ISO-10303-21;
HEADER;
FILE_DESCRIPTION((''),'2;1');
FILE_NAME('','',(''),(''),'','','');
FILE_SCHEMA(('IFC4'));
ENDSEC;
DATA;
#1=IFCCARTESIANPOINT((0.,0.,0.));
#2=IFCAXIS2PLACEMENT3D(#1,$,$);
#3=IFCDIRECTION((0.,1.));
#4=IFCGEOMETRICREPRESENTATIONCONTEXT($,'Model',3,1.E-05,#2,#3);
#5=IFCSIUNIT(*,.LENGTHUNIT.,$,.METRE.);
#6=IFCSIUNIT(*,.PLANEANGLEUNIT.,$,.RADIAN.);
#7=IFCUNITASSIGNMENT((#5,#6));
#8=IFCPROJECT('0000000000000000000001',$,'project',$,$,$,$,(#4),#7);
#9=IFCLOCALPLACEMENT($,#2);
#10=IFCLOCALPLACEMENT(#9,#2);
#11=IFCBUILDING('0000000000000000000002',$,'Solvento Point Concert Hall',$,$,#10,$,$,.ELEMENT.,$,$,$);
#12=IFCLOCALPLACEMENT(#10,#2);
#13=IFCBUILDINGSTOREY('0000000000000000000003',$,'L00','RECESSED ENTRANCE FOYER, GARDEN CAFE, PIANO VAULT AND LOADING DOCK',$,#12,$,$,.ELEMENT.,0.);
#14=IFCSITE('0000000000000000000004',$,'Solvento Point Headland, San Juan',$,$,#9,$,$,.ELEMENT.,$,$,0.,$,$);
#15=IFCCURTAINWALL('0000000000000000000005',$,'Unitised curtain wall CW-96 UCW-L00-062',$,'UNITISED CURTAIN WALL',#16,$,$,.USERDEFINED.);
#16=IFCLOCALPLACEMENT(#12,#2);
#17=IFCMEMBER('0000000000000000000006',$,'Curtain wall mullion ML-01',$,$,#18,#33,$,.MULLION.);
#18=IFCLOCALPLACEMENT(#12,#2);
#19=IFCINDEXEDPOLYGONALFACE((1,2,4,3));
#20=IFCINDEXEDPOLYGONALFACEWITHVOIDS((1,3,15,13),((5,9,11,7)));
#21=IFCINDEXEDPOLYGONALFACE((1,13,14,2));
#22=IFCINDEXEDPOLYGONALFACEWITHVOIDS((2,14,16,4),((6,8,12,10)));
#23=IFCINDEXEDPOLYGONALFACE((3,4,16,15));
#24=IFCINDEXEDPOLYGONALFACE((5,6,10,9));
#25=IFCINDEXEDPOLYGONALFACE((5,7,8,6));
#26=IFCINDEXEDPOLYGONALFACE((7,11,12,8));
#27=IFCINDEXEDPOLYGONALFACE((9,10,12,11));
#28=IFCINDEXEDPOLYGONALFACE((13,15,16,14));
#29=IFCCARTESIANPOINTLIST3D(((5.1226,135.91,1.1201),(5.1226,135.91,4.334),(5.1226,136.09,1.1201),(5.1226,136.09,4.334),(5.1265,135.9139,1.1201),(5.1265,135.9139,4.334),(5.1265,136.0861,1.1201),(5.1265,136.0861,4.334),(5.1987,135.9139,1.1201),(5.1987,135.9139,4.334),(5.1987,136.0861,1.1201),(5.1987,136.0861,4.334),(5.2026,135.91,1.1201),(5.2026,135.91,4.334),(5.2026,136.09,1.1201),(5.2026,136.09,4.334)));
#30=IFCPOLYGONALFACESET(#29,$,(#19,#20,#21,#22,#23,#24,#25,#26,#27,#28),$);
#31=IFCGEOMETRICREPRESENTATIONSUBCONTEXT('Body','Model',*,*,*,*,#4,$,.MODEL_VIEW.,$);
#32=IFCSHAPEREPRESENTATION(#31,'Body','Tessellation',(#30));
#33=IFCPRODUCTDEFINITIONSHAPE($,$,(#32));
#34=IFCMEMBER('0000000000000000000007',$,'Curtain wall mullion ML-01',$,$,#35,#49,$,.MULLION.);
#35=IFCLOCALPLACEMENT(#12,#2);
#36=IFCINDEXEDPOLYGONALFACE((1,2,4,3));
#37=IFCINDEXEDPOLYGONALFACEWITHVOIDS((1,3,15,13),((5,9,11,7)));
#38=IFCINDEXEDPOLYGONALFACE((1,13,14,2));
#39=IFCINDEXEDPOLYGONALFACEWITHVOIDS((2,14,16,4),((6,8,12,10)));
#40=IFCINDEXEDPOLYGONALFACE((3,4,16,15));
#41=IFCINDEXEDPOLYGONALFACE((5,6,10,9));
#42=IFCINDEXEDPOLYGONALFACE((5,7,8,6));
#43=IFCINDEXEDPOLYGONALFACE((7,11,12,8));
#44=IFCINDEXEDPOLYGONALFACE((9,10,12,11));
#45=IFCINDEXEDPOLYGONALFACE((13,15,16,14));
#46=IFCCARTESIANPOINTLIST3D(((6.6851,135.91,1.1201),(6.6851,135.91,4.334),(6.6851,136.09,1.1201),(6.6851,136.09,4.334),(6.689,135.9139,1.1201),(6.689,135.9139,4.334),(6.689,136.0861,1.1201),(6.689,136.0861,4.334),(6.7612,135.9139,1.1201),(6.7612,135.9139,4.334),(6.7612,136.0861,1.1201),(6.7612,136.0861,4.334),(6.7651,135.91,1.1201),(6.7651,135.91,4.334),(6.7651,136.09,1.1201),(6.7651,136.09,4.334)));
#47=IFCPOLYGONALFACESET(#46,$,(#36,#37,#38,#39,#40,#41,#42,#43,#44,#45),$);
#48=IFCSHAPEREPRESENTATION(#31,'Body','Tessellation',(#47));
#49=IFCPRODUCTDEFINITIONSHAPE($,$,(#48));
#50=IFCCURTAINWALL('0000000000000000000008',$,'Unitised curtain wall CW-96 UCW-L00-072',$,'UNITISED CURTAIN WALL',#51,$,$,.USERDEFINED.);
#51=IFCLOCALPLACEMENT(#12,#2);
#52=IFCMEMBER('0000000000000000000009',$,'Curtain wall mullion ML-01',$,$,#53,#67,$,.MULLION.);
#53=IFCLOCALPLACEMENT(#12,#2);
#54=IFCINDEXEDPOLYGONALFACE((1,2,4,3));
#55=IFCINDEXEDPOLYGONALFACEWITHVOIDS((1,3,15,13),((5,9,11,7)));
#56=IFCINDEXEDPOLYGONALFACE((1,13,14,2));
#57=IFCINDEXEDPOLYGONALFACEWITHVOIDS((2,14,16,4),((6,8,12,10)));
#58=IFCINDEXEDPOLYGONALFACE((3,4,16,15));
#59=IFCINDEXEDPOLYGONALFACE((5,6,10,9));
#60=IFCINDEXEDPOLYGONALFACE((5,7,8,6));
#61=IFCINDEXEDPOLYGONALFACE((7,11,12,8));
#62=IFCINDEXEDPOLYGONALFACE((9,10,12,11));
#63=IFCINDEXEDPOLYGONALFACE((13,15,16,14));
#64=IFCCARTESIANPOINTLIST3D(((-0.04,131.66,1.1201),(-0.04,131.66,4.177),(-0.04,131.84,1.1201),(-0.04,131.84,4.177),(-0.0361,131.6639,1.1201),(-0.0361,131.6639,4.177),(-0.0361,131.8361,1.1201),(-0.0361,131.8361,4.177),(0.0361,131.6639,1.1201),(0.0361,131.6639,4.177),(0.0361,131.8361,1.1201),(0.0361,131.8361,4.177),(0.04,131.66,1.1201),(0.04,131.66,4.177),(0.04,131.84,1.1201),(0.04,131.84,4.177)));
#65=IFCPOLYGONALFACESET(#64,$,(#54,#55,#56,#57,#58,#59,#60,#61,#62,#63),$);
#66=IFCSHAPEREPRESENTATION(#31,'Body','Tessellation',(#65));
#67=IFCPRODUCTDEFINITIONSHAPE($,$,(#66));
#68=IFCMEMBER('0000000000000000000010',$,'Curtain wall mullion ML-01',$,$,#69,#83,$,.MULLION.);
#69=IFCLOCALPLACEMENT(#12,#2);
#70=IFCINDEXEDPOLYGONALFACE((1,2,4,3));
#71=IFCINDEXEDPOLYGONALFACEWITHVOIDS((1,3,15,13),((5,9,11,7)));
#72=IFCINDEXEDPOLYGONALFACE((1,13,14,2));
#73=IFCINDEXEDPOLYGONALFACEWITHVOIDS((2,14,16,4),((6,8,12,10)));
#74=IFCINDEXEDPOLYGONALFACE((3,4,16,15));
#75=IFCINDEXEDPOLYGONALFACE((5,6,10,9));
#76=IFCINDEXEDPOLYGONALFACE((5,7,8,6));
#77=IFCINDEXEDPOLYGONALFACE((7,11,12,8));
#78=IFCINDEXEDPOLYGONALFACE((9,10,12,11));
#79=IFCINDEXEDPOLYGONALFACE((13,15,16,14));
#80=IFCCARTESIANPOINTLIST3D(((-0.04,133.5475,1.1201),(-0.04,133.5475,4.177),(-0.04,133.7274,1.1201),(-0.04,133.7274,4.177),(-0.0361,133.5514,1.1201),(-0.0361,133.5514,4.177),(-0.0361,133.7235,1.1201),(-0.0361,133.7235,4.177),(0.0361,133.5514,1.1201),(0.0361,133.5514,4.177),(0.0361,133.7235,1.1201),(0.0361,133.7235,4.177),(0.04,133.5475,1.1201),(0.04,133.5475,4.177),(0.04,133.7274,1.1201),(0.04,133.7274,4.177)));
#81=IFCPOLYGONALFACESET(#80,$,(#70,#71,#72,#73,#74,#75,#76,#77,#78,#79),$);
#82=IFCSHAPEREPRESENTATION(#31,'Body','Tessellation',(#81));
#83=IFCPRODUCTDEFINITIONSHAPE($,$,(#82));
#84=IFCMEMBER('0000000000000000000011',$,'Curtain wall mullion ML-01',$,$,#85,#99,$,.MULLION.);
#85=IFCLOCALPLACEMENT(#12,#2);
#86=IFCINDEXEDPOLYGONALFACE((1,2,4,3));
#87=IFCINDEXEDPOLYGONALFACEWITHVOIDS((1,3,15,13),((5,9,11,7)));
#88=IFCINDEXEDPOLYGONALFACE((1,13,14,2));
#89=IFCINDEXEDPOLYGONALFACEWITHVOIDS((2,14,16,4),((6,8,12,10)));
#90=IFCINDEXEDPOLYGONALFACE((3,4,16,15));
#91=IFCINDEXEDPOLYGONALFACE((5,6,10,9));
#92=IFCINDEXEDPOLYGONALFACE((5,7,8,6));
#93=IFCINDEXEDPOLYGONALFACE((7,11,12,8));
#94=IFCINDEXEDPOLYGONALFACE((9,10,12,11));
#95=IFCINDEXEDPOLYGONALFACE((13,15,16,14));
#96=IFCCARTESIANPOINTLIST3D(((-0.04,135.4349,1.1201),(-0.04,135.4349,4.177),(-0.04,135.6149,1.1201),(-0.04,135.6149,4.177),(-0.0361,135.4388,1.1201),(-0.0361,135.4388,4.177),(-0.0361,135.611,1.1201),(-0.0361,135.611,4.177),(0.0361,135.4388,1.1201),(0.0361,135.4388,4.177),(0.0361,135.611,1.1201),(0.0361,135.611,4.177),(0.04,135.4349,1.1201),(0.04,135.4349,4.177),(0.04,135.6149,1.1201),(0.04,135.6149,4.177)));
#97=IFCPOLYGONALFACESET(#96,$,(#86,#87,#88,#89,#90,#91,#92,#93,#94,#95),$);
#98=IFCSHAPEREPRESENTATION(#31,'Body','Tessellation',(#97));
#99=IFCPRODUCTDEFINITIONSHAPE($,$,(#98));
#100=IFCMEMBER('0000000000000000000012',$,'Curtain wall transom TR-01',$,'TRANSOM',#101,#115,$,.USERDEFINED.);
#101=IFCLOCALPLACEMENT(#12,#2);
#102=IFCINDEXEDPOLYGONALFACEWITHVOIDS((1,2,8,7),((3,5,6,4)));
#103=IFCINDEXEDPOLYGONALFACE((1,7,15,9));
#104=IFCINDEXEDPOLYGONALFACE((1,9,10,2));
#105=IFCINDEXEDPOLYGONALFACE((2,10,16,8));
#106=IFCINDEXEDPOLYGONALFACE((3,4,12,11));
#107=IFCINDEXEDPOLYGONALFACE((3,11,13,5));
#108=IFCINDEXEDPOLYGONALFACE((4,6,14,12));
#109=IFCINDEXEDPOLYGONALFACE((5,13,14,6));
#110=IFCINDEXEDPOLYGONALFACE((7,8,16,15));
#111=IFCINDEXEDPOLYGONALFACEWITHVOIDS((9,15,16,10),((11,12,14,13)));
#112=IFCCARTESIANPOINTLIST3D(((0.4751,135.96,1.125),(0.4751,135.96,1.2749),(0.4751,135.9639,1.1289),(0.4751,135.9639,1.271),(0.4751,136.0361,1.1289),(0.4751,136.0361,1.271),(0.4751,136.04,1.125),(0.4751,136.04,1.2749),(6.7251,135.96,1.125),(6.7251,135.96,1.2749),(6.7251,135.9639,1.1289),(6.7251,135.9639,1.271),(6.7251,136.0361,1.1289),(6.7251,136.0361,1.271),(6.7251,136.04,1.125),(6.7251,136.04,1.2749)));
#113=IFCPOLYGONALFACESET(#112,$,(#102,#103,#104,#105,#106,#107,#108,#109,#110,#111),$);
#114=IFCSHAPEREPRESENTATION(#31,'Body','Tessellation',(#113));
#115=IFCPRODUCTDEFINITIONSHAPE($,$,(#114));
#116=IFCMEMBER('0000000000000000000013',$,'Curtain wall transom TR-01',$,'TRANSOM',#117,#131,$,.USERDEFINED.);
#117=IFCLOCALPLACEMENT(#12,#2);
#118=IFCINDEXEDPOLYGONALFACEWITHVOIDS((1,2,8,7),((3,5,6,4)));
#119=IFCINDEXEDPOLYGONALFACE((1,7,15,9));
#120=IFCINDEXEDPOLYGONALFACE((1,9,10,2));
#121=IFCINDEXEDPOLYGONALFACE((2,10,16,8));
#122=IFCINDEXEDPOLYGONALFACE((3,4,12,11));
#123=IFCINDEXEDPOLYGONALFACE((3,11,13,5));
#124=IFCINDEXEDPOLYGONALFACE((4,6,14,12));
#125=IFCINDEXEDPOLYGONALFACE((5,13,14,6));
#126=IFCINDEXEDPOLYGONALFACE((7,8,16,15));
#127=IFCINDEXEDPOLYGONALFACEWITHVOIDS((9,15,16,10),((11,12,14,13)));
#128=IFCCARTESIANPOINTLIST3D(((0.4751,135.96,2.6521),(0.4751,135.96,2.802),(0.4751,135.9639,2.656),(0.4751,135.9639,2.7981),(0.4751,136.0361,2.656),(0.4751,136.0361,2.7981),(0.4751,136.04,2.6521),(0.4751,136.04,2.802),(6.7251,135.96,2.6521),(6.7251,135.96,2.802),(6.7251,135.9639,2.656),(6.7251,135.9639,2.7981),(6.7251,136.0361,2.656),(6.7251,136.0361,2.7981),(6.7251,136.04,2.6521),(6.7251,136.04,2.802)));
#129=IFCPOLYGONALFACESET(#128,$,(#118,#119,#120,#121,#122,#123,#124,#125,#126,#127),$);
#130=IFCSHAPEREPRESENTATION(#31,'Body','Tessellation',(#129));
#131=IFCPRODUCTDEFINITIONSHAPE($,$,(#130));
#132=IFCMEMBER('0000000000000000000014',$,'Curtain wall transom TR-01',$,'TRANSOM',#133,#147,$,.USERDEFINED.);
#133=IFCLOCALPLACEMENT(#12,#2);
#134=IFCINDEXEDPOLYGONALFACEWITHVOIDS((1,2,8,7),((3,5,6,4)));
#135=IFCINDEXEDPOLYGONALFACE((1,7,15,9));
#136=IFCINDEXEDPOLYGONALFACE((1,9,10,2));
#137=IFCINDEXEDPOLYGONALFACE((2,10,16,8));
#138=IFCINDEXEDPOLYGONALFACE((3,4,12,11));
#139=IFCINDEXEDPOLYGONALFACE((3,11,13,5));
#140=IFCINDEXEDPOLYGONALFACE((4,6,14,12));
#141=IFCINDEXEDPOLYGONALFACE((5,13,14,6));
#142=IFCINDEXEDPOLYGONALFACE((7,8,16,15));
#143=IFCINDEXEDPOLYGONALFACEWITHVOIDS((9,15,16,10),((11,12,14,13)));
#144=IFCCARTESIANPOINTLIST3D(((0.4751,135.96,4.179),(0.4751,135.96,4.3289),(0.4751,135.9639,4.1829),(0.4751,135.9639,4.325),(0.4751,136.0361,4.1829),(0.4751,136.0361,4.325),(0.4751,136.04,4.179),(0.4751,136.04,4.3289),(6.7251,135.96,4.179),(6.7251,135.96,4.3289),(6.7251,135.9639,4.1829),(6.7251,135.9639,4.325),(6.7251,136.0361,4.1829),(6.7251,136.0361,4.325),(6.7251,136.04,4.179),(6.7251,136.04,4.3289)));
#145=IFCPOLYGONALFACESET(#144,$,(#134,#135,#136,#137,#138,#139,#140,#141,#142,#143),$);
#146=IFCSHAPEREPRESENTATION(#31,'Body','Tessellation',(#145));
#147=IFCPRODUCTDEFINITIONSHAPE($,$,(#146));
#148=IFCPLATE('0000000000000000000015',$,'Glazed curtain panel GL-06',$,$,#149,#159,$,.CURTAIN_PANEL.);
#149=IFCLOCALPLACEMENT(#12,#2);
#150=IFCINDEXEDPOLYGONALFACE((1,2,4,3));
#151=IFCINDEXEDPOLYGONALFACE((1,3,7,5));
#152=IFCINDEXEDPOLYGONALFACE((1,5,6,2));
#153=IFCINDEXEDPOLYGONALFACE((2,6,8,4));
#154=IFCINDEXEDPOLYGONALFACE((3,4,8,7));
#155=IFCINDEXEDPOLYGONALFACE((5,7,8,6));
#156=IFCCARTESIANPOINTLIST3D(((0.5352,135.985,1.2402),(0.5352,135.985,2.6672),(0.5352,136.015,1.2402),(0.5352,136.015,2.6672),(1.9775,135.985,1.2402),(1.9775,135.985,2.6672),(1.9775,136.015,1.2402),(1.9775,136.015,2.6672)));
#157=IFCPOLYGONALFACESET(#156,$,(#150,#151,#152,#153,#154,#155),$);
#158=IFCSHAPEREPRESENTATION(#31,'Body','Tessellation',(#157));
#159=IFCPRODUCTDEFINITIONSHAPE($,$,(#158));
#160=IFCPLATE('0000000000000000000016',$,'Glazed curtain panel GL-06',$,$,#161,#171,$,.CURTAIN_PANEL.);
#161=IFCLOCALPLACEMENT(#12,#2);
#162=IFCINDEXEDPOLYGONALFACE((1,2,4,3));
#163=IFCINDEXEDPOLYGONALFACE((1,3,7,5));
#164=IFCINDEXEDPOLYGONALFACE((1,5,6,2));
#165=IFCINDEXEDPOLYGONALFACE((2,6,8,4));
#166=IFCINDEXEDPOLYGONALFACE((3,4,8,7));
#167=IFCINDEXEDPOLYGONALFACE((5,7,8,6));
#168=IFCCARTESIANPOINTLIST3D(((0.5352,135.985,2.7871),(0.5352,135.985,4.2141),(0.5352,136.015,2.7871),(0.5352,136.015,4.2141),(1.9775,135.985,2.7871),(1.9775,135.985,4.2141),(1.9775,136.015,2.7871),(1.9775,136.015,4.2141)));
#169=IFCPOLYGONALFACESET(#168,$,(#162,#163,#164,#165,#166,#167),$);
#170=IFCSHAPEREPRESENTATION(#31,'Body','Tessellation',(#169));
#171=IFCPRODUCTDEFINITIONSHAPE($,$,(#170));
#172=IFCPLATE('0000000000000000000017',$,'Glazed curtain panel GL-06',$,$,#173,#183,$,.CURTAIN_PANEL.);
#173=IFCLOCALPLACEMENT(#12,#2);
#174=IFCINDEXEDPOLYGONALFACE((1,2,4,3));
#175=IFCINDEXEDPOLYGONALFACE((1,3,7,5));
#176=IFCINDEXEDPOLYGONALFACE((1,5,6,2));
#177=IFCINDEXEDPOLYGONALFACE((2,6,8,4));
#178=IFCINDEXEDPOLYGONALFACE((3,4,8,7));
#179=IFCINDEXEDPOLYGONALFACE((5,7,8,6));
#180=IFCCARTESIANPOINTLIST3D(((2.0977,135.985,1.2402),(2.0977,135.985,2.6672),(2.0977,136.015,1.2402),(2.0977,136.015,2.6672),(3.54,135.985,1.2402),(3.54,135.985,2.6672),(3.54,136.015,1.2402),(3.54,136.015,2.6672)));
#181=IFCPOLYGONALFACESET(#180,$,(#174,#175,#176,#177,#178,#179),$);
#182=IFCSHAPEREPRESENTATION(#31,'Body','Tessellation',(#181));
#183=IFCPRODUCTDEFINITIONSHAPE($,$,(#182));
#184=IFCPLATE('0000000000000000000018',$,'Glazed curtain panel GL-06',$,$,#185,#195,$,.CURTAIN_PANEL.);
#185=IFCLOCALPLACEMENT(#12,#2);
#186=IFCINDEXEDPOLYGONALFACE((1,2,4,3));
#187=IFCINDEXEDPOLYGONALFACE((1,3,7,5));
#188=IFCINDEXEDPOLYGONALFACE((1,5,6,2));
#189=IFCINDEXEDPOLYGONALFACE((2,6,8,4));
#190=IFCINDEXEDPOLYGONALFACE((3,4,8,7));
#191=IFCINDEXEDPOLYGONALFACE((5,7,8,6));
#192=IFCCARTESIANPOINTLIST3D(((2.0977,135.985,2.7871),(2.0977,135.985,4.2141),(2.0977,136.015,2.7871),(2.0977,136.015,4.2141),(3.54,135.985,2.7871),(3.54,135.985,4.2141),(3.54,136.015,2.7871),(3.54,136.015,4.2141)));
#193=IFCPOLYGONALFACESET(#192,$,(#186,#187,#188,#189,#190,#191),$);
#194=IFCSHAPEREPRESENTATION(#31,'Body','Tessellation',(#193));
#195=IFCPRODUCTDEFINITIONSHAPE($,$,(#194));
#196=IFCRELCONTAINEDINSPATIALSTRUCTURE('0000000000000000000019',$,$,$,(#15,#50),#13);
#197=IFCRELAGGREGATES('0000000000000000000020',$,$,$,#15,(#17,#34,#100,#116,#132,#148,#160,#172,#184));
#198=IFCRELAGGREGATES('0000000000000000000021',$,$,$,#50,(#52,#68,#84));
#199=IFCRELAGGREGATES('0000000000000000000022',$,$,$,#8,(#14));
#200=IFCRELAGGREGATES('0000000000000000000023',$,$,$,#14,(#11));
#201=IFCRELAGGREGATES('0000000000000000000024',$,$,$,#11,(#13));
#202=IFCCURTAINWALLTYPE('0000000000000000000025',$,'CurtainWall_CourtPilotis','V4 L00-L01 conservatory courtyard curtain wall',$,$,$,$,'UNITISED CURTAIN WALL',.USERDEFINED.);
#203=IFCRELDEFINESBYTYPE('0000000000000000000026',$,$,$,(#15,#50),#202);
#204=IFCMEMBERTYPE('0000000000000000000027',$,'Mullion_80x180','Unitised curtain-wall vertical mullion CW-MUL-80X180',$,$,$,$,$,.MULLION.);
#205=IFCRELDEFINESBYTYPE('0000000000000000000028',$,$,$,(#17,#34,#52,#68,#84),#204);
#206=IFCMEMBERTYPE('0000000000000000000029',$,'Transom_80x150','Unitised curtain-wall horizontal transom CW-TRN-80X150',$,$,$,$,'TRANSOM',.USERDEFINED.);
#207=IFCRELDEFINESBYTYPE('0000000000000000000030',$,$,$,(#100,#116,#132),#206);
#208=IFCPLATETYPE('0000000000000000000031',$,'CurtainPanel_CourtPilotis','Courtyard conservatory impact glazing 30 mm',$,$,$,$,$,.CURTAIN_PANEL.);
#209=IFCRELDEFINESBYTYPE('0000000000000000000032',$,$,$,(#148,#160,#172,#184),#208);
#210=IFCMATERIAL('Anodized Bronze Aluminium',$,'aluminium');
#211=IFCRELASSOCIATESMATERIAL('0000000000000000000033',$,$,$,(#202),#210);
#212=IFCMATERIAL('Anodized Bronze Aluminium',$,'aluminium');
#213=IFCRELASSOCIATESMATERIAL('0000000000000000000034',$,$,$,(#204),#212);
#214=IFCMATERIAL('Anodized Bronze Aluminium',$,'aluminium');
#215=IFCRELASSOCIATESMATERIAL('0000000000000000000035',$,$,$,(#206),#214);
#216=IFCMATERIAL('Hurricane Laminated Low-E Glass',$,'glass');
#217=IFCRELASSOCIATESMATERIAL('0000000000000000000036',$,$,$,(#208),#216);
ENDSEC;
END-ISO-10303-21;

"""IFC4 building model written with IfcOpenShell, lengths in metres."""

from ifc_helpers import new_model, si_unit, direction, frame, origin, origin_2d, place, context, subcontext, project, spatial, rectangle, hollow_rectangle, extrude, material, material_profile, profile_set, type_object, element, aggregate, save


model = new_model("IFC4")

# Units and contexts
model_context = context("Model", 3, precision=1e-05, world=origin(), true_north=direction((0.0, 1.0)))
body_context = subcontext(model_context, "Body", "Model", "MODEL_VIEW")
ifc_project = project(units=[si_unit("LENGTHUNIT", "METRE"), si_unit("PLANEANGLEUNIT", "RADIAN")], contexts=[model_context])

# Site, building, storey
site_placement = place(None, origin())
site = spatial("IfcSite", under=ifc_project, at=site_placement, Name="Solvento Point Headland, San Juan", CompositionType="ELEMENT", RefElevation=0.0)
building_placement = place(site_placement, origin())
building = spatial("IfcBuilding", under=site, at=building_placement, Name="Solvento Point Concert Hall", CompositionType="ELEMENT")
storey_placement = place(building_placement, origin())
storey = spatial("IfcBuildingStorey", under=building, at=storey_placement, Name="L00", Description="RECESSED ENTRANCE FOYER, GARDEN CAFE, PIANO VAULT AND LOADING DOCK", CompositionType="ELEMENT", Elevation=0.0)

# Curtain walls, members
ifc_material_1 = material(Name="Anodized Bronze Aluminium", Category="aluminium")
curtain_wall_type = type_object("IfcCurtainWallType", Name="CurtainWall_CourtPilotis", Description="V4 L00-L01 conservatory courtyard curtain wall", ElementType="UNITISED CURTAIN WALL", PredefinedType="USERDEFINED", material=ifc_material_1)
curtain_wall_1_placement = place(storey_placement, origin())
curtain_wall_1 = element("IfcCurtainWall", 1, at=curtain_wall_1_placement, inside=storey, type_object=curtain_wall_type, Name="Unitised curtain wall CW-96 UCW-L00-062", ObjectType="UNITISED CURTAIN WALL", PredefinedType="USERDEFINED")
ifc_material_2 = material(Name="Anodized Bronze Aluminium", Category="aluminium")
ifc_material_profile_1 = material_profile(ifc_material_2, hollow_rectangle(XDim=0.0801, YDim=0.1799, WallThickness=0.0039, at=origin_2d()), Name="CW-MUL-80X180")
ifc_profile_set_1 = profile_set([ifc_material_profile_1], Name="Anodized Bronze Aluminium")
member_type_1 = type_object("IfcMemberType", Name="Mullion_80x180", Description="Unitised curtain-wall vertical mullion CW-MUL-80X180", PredefinedType="MULLION", material=ifc_profile_set_1)
member_1_placement = place(storey_placement, frame((5.1626, 136.0, 1.1201), z_axis=(0.0, 0.0, 1.0), x_axis=(1.0, 0.0, 0.0)))
member_1 = element("IfcMember", 2, at=member_1_placement, type_object=member_type_1, Name="Curtain wall mullion ML-01", PredefinedType="MULLION", context=body_context, shape_type="SweptSolid", body=[
    extrude(hollow_rectangle(XDim=0.0801, YDim=0.1799, WallThickness=0.0039, at=origin_2d()), origin(), (0.0, 0.0, 1.0), 3.2139),
])
member_2_placement = place(storey_placement, frame((6.7251, 136.0, 1.1201), z_axis=(0.0, 0.0, 1.0), x_axis=(1.0, 0.0, 0.0)))
member_2 = element("IfcMember", 3, at=member_2_placement, type_object=member_type_1, Name="Curtain wall mullion ML-01", PredefinedType="MULLION", context=body_context, shape_type="SweptSolid", body=[
    extrude(hollow_rectangle(XDim=0.0801, YDim=0.1799, WallThickness=0.0039, at=origin_2d()), origin(), (0.0, 0.0, 1.0), 3.2139),
])
curtain_wall_2_placement = place(storey_placement, origin())
curtain_wall_2 = element("IfcCurtainWall", 4, at=curtain_wall_2_placement, inside=storey, type_object=curtain_wall_type, Name="Unitised curtain wall CW-96 UCW-L00-072", ObjectType="UNITISED CURTAIN WALL", PredefinedType="USERDEFINED")
member_3_placement = place(storey_placement, frame((0.0, 131.75, 1.1201), z_axis=(0.0, 0.0, 1.0), x_axis=(1.0, 0.0, 0.0)))
member_3 = element("IfcMember", 5, at=member_3_placement, type_object=member_type_1, Name="Curtain wall mullion ML-01", PredefinedType="MULLION", context=body_context, shape_type="SweptSolid", body=[
    extrude(hollow_rectangle(XDim=0.0801, YDim=0.1799, WallThickness=0.0039, at=origin_2d()), origin(), (0.0, 0.0, 1.0), 3.0569),
])
member_4_placement = place(storey_placement, frame((0.0, 133.6375, 1.1201), z_axis=(0.0, 0.0, 1.0), x_axis=(1.0, 0.0, 0.0)))
member_4 = element("IfcMember", 6, at=member_4_placement, type_object=member_type_1, Name="Curtain wall mullion ML-01", PredefinedType="MULLION", context=body_context, shape_type="SweptSolid", body=[
    extrude(hollow_rectangle(XDim=0.0801, YDim=0.1799, WallThickness=0.0039, at=origin_2d()), origin(), (0.0, 0.0, 1.0), 3.0569),
])
member_5_placement = place(storey_placement, frame((0.0, 135.5249, 1.1201), z_axis=(0.0, 0.0, 1.0), x_axis=(1.0, 0.0, 0.0)))
member_5 = element("IfcMember", 7, at=member_5_placement, type_object=member_type_1, Name="Curtain wall mullion ML-01", PredefinedType="MULLION", context=body_context, shape_type="SweptSolid", body=[
    extrude(hollow_rectangle(XDim=0.0801, YDim=0.1799, WallThickness=0.0039, at=origin_2d()), origin(), (0.0, 0.0, 1.0), 3.0569),
])

# Members
ifc_material_3 = material(Name="Anodized Bronze Aluminium", Category="aluminium")
ifc_material_profile_2 = material_profile(ifc_material_3, hollow_rectangle(XDim=0.0801, YDim=0.1499, WallThickness=0.0039, at=origin_2d()), Name="CW-TRN-80X150")
ifc_profile_set_2 = profile_set([ifc_material_profile_2], Name="Anodized Bronze Aluminium")
member_type_2 = type_object("IfcMemberType", Name="Transom_80x150", Description="Unitised curtain-wall horizontal transom CW-TRN-80X150", ElementType="TRANSOM", PredefinedType="USERDEFINED", material=ifc_profile_set_2)
member_6_placement = place(storey_placement, frame((0.4751, 136.0, 1.2), z_axis=(1.0, 0.0, 0.0), x_axis=(0.0, 1.0, 0.0)))
member_6 = element("IfcMember", 8, at=member_6_placement, type_object=member_type_2, Name="Curtain wall transom TR-01", ObjectType="TRANSOM", PredefinedType="USERDEFINED", context=body_context, shape_type="SweptSolid", body=[
    extrude(hollow_rectangle(XDim=0.0801, YDim=0.1499, WallThickness=0.0039, at=origin_2d()), origin(), (0.0, 0.0, 1.0), 6.25),
])
member_7_placement = place(storey_placement, frame((0.4751, 136.0, 2.7271), z_axis=(1.0, 0.0, 0.0), x_axis=(0.0, 1.0, 0.0)))
member_7 = element("IfcMember", 9, at=member_7_placement, type_object=member_type_2, Name="Curtain wall transom TR-01", ObjectType="TRANSOM", PredefinedType="USERDEFINED", context=body_context, shape_type="SweptSolid", body=[
    extrude(hollow_rectangle(XDim=0.0801, YDim=0.1499, WallThickness=0.0039, at=origin_2d()), origin(), (0.0, 0.0, 1.0), 6.25),
])
member_8_placement = place(storey_placement, frame((0.4751, 136.0, 4.2539), z_axis=(1.0, 0.0, 0.0), x_axis=(0.0, 1.0, 0.0)))
member_8 = element("IfcMember", 10, at=member_8_placement, type_object=member_type_2, Name="Curtain wall transom TR-01", ObjectType="TRANSOM", PredefinedType="USERDEFINED", context=body_context, shape_type="SweptSolid", body=[
    extrude(hollow_rectangle(XDim=0.0801, YDim=0.1499, WallThickness=0.0039, at=origin_2d()), origin(), (0.0, 0.0, 1.0), 6.25),
])

# Plates
ifc_material_4 = material(Name="Hurricane Laminated Low-E Glass", Category="glass")
plate_type = type_object("IfcPlateType", Name="CurtainPanel_CourtPilotis", Description="Courtyard conservatory impact glazing 30 mm", PredefinedType="CURTAIN_PANEL", material=ifc_material_4)
plate_1_placement = place(storey_placement, frame((1.2563, 136.0, 1.2402), z_axis=(0.0, 0.0, 1.0), x_axis=(1.0, 0.0, 0.0)))
plate_1 = element("IfcPlate", 11, at=plate_1_placement, type_object=plate_type, Name="Glazed curtain panel GL-06", PredefinedType="CURTAIN_PANEL", context=body_context, shape_type="SweptSolid", body=[
    extrude(rectangle(XDim=1.4424, YDim=0.03, at=origin_2d()), origin(), (0.0, 0.0, 1.0), 1.427),
])
plate_2_placement = place(storey_placement, frame((1.2563, 136.0, 2.7871), z_axis=(0.0, 0.0, 1.0), x_axis=(1.0, 0.0, 0.0)))
plate_2 = element("IfcPlate", 12, at=plate_2_placement, type_object=plate_type, Name="Glazed curtain panel GL-06", PredefinedType="CURTAIN_PANEL", context=body_context, shape_type="SweptSolid", body=[
    extrude(rectangle(XDim=1.4424, YDim=0.03, at=origin_2d()), origin(), (0.0, 0.0, 1.0), 1.427),
])
plate_3_placement = place(storey_placement, frame((2.8188, 136.0, 1.2402), z_axis=(0.0, 0.0, 1.0), x_axis=(1.0, 0.0, 0.0)))
plate_3 = element("IfcPlate", 13, at=plate_3_placement, type_object=plate_type, Name="Glazed curtain panel GL-06", PredefinedType="CURTAIN_PANEL", context=body_context, shape_type="SweptSolid", body=[
    extrude(rectangle(XDim=1.4424, YDim=0.03, at=origin_2d()), origin(), (0.0, 0.0, 1.0), 1.427),
])
plate_4_placement = place(storey_placement, frame((2.8188, 136.0, 2.7871), z_axis=(0.0, 0.0, 1.0), x_axis=(1.0, 0.0, 0.0)))
plate_4 = element("IfcPlate", 14, at=plate_4_placement, type_object=plate_type, Name="Glazed curtain panel GL-06", PredefinedType="CURTAIN_PANEL", context=body_context, shape_type="SweptSolid", body=[
    extrude(rectangle(XDim=1.4424, YDim=0.03, at=origin_2d()), origin(), (0.0, 0.0, 1.0), 1.427),
])
aggregate(curtain_wall_1, [member_1, member_2, member_6, member_7, member_8, plate_1, plate_2, plate_3, plate_4])
aggregate(curtain_wall_2, [member_3, member_4, member_5])

save(model, "model.ifc")
